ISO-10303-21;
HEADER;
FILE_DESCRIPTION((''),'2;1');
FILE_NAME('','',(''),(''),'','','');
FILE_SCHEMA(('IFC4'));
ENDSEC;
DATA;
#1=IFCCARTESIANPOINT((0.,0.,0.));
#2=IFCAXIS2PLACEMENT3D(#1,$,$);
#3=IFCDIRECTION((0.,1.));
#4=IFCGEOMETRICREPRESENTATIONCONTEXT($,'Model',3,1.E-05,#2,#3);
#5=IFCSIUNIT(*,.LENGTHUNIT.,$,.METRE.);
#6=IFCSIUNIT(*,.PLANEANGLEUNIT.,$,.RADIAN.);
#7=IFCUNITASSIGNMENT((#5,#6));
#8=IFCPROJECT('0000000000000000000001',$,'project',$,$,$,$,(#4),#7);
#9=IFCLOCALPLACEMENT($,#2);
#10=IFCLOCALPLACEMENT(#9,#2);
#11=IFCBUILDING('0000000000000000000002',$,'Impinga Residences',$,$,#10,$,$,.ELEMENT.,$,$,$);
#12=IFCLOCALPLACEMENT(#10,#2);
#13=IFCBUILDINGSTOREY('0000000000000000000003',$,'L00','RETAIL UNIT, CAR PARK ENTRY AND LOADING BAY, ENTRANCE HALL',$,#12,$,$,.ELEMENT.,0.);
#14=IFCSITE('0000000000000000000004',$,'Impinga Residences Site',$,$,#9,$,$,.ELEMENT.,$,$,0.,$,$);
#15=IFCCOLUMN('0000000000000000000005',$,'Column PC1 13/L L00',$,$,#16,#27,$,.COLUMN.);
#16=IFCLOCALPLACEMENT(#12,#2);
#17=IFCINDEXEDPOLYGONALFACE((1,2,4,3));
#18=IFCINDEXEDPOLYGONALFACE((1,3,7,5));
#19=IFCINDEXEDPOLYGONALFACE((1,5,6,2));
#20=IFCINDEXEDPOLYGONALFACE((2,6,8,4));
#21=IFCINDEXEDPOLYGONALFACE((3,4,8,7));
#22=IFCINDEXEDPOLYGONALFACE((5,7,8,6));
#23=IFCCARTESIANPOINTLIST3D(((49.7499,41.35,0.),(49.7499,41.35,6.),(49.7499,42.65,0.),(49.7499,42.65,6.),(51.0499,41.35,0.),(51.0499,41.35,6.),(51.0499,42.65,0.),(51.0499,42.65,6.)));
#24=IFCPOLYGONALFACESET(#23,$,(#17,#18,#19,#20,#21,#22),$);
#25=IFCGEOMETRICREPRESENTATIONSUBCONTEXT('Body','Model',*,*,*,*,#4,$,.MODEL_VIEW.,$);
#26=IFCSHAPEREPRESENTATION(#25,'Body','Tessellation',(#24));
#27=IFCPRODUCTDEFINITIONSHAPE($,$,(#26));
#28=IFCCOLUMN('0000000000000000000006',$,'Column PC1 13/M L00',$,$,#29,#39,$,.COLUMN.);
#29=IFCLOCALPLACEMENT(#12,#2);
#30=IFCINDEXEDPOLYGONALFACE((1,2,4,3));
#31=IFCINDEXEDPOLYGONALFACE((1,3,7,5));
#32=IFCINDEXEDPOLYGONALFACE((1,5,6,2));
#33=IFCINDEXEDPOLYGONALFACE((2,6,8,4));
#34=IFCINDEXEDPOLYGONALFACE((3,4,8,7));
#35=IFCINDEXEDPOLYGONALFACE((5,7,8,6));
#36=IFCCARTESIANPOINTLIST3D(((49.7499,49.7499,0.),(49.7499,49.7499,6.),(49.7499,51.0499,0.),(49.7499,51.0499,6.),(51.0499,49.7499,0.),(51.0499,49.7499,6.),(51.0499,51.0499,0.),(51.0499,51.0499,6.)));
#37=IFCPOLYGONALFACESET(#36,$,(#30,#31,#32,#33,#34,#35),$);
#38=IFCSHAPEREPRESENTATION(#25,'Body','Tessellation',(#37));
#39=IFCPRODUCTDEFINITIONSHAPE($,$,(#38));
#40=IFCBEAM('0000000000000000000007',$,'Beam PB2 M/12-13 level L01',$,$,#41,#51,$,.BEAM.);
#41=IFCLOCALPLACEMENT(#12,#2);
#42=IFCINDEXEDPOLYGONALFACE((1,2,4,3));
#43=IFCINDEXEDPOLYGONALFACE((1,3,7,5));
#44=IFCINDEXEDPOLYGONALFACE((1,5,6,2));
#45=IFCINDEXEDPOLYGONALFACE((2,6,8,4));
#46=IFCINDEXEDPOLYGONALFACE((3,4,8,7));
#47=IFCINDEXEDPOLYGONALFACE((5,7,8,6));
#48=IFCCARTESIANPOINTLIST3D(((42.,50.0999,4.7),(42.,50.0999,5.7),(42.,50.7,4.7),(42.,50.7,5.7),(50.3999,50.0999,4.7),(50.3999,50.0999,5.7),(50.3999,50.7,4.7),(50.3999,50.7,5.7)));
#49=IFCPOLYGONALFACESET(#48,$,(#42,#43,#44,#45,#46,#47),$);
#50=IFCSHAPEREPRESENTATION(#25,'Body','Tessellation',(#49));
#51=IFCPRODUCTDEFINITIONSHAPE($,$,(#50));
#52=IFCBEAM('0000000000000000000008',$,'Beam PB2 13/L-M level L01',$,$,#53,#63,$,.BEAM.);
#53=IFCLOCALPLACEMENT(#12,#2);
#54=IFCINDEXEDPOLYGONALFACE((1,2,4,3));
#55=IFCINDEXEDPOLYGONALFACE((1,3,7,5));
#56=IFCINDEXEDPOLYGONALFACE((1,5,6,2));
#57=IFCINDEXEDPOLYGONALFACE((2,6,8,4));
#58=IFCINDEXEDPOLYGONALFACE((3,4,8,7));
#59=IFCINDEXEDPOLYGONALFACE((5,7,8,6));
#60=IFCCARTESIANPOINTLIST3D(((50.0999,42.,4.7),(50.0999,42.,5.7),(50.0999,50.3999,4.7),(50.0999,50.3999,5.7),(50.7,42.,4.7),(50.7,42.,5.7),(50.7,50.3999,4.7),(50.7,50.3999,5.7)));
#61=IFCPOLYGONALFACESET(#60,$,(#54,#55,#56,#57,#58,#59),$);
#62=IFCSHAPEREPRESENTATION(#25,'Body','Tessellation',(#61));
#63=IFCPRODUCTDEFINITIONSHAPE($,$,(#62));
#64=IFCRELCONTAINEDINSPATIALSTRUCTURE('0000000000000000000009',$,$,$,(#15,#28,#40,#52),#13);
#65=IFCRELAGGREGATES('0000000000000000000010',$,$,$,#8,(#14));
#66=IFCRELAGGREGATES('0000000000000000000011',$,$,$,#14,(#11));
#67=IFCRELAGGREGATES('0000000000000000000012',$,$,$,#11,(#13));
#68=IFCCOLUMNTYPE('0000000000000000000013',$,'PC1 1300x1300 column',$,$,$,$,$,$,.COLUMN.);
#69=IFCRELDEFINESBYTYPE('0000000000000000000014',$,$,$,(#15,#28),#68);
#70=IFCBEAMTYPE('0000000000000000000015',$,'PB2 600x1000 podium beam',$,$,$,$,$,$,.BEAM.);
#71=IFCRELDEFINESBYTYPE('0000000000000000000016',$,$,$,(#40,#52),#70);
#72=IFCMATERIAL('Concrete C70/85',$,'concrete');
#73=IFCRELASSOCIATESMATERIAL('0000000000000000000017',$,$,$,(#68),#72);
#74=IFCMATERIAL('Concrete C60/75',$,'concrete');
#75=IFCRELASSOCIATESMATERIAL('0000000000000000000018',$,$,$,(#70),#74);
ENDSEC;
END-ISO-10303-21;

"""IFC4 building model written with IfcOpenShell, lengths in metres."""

from ifc_helpers import new_model, si_unit, direction, frame, origin, origin_2d, place, context, subcontext, project, spatial, rectangle, extrude, material, material_profile, profile_set, type_object, element, save


model = new_model("IFC4")

# Units and contexts
model_context = context("Model", 3, precision=1e-05, world=origin(), true_north=direction((0.0, 1.0)))
body_context = subcontext(model_context, "Body", "Model", "MODEL_VIEW")
ifc_project = project(units=[si_unit("LENGTHUNIT", "METRE"), si_unit("PLANEANGLEUNIT", "RADIAN")], contexts=[model_context])

# Site, building, storey
site_placement = place(None, origin())
site = spatial("IfcSite", under=ifc_project, at=site_placement, Name="Impinga Residences Site", CompositionType="ELEMENT", RefElevation=0.0)
building_placement = place(site_placement, origin())
building = spatial("IfcBuilding", under=site, at=building_placement, Name="Impinga Residences", CompositionType="ELEMENT")
storey_placement = place(building_placement, origin())
storey = spatial("IfcBuildingStorey", under=building, at=storey_placement, Name="L00", Description="RETAIL UNIT, CAR PARK ENTRY AND LOADING BAY, ENTRANCE HALL", CompositionType="ELEMENT", Elevation=0.0)

# Columns
ifc_material_1 = material(Name="Concrete C70/85", Category="concrete")
ifc_material_profile_1 = material_profile(ifc_material_1, rectangle(XDim=1.3, YDim=1.3, at=origin_2d()), Name="RC 1300x1300")
ifc_profile_set_1 = profile_set([ifc_material_profile_1], Name="Concrete C70/85")
column_type = type_object("IfcColumnType", Name="PC1 1300x1300 column", PredefinedType="COLUMN", material=ifc_profile_set_1)
for number, where, z_axis, x_axis, name in (
    (1, (50.3999, 42.0, 0.0), (0.0, 0.0, 1.0), (1.0, 0.0, 0.0), "Column PC1 13/L L00"),
    (2, (50.3999, 50.3999, 0.0), (0.0, 0.0, 1.0), (1.0, 0.0, 0.0), "Column PC1 13/M L00"),
):
    element("IfcColumn", number, at=place(storey_placement, frame(where, z_axis=z_axis, x_axis=x_axis)), inside=storey, type_object=column_type, Name=name, PredefinedType="COLUMN", context=body_context, shape_type="SweptSolid", body=[
        extrude(rectangle(XDim=1.3, YDim=1.3, at=origin_2d()), origin(), (0.0, 0.0, 1.0), 6.0),
    ])

# Beams
ifc_material_2 = material(Name="Concrete C60/75", Category="concrete")
ifc_material_profile_2 = material_profile(ifc_material_2, rectangle(XDim=0.6001, YDim=1.0, at=origin_2d()), Name="RC 600x1000")
ifc_profile_set_2 = profile_set([ifc_material_profile_2], Name="Concrete C60/75")
beam_type = type_object("IfcBeamType", Name="PB2 600x1000 podium beam", PredefinedType="BEAM", material=ifc_profile_set_2)
for number, where, z_axis, x_axis, name in (
    (3, (42.0, 50.3999, 5.2), (1.0, 0.0, 0.0), (0.0, 1.0, 0.0), "Beam PB2 M/12-13 level L01"),
    (4, (50.3999, 42.0, 5.2), (0.0, 1.0, 0.0), (-1.0, 0.0, 0.0), "Beam PB2 13/L-M level L01"),
):
    element("IfcBeam", number, at=place(storey_placement, frame(where, z_axis=z_axis, x_axis=x_axis)), inside=storey, type_object=beam_type, Name=name, PredefinedType="BEAM", context=body_context, shape_type="SweptSolid", body=[
        extrude(rectangle(XDim=0.6001, YDim=1.0, at=origin_2d()), origin(), (0.0, 0.0, 1.0), 8.3999),
    ])

save(model, "model.ifc")
